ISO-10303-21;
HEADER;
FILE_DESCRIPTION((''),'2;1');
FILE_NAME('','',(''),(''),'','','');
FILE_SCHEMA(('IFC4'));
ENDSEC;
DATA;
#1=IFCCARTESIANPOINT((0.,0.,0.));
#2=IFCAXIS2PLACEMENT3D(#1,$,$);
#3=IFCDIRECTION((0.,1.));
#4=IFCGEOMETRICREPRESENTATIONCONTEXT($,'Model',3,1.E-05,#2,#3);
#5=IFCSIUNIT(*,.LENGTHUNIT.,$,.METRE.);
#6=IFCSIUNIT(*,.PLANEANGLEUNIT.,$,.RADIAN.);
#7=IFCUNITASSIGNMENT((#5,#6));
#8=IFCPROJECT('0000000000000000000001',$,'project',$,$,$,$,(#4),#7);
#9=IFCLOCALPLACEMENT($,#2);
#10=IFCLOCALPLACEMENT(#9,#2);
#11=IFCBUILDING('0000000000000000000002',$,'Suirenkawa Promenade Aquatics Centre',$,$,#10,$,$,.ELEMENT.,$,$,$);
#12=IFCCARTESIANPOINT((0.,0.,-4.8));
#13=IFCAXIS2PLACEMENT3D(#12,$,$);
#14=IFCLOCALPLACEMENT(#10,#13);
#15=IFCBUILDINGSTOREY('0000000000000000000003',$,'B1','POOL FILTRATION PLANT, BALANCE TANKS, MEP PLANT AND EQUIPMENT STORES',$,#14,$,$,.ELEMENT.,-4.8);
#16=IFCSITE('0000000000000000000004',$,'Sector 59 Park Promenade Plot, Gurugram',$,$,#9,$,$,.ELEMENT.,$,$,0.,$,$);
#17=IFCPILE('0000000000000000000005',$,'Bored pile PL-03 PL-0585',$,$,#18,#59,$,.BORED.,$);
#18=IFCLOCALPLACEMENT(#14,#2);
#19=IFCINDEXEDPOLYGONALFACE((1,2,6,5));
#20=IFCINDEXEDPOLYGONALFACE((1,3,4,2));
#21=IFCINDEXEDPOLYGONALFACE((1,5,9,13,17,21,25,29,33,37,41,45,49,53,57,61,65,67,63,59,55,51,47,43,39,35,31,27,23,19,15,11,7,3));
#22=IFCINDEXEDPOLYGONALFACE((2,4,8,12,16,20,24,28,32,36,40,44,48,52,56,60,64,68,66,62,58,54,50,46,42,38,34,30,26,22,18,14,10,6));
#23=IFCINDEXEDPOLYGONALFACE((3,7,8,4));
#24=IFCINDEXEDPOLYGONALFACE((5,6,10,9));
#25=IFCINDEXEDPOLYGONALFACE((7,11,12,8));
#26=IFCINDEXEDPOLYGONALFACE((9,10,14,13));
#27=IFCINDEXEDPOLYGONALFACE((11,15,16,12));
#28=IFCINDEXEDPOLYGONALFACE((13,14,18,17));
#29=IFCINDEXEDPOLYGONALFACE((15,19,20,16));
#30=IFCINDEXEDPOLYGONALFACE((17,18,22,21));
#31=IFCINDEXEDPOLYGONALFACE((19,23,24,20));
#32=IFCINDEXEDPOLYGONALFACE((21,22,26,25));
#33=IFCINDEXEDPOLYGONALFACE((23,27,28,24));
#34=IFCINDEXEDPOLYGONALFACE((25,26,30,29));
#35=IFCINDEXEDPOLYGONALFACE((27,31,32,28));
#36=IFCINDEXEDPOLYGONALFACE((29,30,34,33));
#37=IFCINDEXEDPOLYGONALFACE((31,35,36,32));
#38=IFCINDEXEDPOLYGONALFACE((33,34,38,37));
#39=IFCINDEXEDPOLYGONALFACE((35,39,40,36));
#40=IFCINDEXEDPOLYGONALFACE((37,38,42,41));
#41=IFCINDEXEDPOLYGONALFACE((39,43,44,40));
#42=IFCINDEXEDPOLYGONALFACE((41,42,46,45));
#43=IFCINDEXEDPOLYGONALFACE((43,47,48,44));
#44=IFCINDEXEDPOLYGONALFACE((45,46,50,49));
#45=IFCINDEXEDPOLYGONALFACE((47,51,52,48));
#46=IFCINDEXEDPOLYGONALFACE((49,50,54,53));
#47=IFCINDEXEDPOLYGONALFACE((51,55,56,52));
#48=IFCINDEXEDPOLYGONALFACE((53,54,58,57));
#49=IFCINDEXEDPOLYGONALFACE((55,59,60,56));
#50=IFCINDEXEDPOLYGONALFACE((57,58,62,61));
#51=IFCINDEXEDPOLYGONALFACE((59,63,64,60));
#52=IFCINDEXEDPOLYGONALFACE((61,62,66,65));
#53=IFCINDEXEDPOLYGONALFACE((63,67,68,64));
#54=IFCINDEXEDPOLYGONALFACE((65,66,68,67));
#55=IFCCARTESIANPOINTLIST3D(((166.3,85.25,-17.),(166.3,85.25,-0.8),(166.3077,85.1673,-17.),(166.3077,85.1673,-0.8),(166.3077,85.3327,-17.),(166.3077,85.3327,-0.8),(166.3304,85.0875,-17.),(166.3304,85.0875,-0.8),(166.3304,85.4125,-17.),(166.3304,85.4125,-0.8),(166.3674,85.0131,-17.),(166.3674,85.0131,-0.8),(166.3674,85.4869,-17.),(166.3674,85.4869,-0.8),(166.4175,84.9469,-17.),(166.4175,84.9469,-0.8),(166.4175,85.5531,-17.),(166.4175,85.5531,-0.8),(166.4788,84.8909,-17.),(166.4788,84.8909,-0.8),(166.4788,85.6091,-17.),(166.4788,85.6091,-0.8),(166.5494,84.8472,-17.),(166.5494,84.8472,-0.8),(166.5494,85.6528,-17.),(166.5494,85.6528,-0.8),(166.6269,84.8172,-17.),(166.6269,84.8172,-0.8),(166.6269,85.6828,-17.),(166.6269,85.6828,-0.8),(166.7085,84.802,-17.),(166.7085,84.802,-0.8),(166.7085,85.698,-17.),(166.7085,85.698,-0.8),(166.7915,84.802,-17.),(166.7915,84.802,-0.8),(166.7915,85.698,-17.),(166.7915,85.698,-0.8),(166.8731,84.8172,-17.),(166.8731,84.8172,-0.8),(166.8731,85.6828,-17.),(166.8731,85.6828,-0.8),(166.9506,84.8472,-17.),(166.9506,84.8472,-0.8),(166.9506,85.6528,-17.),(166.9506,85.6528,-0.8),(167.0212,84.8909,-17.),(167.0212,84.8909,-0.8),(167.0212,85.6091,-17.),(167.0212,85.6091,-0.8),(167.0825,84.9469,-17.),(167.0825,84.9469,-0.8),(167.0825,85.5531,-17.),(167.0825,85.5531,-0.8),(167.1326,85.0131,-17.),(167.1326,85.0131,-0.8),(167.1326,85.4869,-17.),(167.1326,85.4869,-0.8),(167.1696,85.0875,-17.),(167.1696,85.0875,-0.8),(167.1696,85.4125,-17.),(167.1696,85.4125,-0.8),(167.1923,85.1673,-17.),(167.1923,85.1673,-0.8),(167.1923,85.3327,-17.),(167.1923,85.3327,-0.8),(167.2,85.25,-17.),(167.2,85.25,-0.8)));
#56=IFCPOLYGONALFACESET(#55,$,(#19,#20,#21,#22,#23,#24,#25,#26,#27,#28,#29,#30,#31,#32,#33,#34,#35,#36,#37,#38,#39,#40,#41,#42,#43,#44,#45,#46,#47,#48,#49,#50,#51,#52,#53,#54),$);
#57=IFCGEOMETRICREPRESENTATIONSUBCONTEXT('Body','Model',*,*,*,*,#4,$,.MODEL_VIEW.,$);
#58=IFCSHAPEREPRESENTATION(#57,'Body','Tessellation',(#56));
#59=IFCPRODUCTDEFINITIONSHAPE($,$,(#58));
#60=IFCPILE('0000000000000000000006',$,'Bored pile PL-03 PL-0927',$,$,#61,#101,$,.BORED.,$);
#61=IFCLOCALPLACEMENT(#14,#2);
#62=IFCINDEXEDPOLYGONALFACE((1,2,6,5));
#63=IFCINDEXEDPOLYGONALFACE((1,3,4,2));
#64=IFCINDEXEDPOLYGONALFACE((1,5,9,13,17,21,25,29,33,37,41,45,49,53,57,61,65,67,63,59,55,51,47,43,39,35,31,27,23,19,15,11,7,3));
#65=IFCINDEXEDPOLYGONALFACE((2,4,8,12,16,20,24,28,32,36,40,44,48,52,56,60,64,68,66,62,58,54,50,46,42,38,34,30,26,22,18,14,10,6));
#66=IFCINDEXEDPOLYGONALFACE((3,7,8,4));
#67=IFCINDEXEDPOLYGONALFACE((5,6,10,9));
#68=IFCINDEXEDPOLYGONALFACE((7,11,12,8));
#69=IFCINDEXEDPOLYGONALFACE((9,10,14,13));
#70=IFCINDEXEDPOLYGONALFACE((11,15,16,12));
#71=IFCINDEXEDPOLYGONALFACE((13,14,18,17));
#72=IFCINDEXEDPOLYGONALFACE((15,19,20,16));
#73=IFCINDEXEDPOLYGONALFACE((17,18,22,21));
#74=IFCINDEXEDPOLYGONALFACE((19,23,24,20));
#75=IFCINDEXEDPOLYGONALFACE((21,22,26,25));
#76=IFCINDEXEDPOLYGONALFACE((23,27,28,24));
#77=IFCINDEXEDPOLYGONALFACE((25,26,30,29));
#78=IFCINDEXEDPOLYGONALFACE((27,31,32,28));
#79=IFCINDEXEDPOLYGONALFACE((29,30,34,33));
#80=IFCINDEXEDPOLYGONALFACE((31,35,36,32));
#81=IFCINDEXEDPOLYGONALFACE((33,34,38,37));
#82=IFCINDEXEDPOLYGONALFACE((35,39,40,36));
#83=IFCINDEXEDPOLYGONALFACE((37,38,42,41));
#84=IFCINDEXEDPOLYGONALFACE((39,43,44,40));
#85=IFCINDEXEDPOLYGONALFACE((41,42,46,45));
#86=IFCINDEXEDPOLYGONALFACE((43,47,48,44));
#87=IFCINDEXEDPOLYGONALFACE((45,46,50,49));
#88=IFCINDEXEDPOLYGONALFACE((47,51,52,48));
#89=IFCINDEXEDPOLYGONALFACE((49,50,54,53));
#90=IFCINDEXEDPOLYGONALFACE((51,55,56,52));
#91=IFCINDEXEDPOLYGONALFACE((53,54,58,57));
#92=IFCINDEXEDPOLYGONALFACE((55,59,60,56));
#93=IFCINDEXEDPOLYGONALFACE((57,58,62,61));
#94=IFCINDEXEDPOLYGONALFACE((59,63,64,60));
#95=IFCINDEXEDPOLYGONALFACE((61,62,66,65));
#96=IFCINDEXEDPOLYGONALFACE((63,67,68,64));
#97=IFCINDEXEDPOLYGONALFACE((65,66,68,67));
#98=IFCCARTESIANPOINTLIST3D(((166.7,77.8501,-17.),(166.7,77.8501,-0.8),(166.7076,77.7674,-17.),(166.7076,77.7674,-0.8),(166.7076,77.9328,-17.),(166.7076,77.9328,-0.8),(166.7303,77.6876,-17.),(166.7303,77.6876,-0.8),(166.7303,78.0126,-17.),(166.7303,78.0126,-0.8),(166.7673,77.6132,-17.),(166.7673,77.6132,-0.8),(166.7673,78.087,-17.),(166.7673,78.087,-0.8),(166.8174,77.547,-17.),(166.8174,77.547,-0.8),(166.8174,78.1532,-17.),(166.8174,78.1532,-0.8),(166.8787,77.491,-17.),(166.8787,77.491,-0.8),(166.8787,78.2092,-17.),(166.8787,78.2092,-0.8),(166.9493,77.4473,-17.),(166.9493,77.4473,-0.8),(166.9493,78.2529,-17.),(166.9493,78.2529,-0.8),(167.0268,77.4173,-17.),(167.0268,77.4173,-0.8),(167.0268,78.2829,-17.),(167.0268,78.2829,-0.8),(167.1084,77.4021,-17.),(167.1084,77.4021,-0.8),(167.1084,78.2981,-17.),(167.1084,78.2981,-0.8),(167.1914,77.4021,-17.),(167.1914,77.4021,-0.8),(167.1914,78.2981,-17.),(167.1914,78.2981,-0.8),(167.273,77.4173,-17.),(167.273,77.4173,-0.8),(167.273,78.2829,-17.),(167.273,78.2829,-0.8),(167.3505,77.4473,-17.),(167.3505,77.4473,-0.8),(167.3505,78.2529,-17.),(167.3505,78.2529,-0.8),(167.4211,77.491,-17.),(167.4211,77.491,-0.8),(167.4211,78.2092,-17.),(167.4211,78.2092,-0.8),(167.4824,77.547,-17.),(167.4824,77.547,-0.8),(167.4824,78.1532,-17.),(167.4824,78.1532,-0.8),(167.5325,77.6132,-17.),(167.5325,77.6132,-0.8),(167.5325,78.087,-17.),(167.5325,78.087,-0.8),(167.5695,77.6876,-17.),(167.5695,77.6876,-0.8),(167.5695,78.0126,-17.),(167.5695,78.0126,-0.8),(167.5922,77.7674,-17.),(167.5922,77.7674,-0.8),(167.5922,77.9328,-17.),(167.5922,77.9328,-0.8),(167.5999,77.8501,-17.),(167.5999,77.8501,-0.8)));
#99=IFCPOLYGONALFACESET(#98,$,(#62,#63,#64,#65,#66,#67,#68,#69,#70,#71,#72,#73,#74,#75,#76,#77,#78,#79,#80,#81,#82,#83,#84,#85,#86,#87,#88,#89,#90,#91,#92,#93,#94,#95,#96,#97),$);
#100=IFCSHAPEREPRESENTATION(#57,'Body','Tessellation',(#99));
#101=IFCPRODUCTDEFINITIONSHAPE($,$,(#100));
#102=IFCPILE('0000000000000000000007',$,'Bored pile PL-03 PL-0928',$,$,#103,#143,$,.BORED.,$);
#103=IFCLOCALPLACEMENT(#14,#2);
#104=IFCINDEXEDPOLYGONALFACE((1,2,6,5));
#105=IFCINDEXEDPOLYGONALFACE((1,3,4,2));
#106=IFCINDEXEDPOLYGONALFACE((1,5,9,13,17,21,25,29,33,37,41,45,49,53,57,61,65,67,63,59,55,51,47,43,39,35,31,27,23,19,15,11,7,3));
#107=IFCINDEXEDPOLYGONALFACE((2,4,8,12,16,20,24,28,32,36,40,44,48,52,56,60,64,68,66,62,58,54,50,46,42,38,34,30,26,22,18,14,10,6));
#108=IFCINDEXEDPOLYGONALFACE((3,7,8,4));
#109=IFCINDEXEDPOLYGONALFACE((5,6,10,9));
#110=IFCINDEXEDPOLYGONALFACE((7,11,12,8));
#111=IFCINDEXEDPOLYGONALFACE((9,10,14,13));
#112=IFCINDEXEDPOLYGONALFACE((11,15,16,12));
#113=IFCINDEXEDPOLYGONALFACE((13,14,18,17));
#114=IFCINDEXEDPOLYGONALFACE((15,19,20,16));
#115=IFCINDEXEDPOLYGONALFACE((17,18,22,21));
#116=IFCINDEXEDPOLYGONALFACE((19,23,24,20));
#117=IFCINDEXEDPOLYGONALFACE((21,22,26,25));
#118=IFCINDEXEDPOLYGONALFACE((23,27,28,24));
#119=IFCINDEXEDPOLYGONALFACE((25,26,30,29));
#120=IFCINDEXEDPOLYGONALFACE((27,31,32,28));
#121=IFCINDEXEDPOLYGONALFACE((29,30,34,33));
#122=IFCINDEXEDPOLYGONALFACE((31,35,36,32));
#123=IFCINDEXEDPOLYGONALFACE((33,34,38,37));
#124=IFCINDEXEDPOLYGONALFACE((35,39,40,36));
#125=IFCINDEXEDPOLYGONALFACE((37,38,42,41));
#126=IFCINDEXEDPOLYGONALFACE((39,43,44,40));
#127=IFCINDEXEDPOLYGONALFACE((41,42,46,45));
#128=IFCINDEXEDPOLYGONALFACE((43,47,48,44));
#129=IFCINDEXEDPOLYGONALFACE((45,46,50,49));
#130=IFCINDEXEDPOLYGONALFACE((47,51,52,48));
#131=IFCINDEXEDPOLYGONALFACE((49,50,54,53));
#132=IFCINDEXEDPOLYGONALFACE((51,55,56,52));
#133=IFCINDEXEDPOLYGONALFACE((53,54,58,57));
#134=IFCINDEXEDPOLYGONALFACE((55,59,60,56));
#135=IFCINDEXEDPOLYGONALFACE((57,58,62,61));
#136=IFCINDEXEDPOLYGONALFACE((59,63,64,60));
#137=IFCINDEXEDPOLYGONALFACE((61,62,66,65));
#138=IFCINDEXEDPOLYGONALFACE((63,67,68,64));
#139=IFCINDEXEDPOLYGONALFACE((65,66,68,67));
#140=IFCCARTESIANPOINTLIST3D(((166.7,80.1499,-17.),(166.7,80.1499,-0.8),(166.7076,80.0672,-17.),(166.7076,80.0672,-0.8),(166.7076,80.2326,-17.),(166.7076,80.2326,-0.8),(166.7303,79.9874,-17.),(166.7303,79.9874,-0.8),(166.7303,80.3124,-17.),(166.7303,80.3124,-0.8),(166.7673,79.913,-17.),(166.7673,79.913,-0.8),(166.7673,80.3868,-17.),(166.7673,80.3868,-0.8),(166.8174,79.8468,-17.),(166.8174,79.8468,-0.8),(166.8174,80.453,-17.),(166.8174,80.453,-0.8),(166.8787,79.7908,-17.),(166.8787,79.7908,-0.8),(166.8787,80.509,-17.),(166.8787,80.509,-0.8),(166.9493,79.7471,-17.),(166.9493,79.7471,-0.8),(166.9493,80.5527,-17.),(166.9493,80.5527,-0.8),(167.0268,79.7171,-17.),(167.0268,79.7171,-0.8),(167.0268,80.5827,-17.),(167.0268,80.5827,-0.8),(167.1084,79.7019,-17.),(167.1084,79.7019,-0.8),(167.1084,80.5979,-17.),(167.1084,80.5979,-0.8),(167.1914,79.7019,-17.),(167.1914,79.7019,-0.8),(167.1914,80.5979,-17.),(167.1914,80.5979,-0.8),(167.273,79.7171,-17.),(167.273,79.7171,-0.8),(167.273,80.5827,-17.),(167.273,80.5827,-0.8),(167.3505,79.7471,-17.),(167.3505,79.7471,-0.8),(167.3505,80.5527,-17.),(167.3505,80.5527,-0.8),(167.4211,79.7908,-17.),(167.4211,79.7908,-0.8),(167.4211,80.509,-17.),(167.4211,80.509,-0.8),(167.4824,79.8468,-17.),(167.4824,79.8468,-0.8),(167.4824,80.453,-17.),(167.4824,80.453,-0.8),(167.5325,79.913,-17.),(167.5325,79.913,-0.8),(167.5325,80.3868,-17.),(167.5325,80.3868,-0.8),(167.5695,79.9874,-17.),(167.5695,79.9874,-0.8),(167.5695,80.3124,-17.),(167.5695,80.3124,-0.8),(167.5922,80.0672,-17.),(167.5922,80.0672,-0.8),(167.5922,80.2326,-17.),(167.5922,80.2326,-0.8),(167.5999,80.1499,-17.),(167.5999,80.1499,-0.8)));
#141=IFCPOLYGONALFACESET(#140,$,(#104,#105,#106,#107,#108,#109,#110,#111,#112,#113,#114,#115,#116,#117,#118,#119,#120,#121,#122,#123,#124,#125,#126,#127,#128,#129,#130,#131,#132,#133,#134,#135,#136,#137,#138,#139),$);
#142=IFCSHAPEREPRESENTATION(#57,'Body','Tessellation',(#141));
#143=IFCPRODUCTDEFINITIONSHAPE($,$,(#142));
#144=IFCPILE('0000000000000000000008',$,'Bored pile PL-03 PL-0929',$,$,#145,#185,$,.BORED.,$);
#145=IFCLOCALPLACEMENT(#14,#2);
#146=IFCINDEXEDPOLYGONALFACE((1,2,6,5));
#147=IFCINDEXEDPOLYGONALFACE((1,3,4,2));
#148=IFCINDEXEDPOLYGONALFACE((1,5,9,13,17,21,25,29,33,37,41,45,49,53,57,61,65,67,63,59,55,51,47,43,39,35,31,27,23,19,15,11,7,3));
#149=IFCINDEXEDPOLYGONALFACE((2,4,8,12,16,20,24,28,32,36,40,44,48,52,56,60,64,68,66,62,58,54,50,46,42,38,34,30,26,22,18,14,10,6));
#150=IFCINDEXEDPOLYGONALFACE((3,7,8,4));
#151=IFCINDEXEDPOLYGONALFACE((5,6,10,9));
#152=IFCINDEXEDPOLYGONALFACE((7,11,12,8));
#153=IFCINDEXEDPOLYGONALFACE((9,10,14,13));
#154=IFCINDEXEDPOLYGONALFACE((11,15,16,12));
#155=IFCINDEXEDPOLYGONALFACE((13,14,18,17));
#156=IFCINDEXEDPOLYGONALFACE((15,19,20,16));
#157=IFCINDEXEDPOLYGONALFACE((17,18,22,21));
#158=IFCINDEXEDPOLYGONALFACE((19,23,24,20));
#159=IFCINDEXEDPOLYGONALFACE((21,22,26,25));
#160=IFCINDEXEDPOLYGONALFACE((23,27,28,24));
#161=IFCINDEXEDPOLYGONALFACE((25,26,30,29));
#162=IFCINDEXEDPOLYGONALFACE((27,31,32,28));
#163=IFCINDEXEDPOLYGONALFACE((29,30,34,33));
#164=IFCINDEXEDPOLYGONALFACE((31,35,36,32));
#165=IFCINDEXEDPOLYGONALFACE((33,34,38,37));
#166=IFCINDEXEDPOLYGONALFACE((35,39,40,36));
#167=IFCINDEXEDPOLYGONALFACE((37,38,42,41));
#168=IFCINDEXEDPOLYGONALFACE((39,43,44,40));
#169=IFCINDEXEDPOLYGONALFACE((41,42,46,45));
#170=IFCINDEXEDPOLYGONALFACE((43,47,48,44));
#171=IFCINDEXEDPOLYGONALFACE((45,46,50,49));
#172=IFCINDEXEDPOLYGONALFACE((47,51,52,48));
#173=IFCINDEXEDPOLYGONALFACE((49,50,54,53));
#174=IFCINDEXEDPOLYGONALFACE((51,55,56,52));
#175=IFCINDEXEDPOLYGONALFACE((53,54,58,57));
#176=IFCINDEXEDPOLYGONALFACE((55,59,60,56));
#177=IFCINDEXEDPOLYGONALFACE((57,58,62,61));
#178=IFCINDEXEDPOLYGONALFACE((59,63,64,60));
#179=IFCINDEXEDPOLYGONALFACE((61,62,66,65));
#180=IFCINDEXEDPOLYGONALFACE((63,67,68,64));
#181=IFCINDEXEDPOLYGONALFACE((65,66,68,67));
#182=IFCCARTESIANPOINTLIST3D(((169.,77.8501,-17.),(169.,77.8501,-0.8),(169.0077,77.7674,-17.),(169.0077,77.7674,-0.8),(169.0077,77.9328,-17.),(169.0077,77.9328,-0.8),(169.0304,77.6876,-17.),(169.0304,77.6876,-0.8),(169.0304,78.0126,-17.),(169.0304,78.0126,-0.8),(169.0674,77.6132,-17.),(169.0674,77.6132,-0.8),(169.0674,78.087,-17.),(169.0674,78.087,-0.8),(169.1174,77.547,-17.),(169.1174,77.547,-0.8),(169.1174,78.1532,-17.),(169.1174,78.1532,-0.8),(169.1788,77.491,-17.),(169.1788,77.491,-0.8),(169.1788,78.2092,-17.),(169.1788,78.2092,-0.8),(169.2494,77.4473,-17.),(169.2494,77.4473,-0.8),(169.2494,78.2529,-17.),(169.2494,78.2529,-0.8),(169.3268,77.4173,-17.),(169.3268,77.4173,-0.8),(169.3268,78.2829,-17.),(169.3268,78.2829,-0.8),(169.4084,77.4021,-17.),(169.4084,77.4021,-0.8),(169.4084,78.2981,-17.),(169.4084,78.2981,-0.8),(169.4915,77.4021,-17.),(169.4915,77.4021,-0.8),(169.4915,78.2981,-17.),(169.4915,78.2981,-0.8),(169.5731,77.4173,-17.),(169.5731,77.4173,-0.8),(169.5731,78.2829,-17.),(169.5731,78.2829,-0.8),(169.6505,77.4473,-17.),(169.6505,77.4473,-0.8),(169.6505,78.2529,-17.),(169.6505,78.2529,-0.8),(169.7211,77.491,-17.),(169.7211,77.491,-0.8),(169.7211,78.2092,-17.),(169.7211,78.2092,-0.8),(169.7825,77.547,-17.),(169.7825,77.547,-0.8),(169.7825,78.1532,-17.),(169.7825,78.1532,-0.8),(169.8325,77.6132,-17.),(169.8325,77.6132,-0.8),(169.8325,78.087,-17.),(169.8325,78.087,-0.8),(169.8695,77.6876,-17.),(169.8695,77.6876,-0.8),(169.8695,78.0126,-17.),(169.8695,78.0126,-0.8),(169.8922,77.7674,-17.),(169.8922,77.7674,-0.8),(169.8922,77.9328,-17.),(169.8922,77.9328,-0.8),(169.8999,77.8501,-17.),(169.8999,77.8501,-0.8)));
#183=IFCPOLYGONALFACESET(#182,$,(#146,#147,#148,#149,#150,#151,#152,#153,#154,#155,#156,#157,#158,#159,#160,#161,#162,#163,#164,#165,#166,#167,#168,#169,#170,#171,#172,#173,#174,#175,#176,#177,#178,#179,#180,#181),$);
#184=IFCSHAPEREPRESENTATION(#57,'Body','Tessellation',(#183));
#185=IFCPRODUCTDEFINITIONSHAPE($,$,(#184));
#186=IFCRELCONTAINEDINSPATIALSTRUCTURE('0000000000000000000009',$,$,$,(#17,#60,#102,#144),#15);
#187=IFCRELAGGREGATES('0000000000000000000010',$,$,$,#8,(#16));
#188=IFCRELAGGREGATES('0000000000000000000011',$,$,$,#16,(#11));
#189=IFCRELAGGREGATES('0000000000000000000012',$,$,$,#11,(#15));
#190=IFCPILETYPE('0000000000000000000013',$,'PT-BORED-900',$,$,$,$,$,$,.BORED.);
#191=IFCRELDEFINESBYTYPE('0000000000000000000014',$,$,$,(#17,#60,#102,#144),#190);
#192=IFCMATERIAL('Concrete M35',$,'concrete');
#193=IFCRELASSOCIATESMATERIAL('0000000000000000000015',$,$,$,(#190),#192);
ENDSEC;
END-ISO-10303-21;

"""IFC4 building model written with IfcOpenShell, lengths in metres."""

from ifc_helpers import new_model, si_unit, direction, frame, origin, origin_2d, place, context, subcontext, project, spatial, circle, extrude, material, material_profile, profile_set, type_object, element, save


model = new_model("IFC4")

# Units and contexts
model_context = context("Model", 3, precision=1e-05, world=origin(), true_north=direction((0.0, 1.0)))
body_context = subcontext(model_context, "Body", "Model", "MODEL_VIEW")
ifc_project = project(units=[si_unit("LENGTHUNIT", "METRE"), si_unit("PLANEANGLEUNIT", "RADIAN")], contexts=[model_context])

# Site, building, storey
site_placement = place(None, origin())
site = spatial("IfcSite", under=ifc_project, at=site_placement, Name="Sector 59 Park Promenade Plot, Gurugram", CompositionType="ELEMENT", RefElevation=0.0)
building_placement = place(site_placement, origin())
building = spatial("IfcBuilding", under=site, at=building_placement, Name="Suirenkawa Promenade Aquatics Centre", CompositionType="ELEMENT")
storey_placement = place(building_placement, frame((0.0, 0.0, -4.8)))
storey = spatial("IfcBuildingStorey", under=building, at=storey_placement, Name="B1", Description="POOL FILTRATION PLANT, BALANCE TANKS, MEP PLANT AND EQUIPMENT STORES", CompositionType="ELEMENT", Elevation=-4.8)

# Shared definitions
ifc_material_1 = material(Name="Concrete M35", Category="concrete")

# Piles
ifc_material_profile_1 = material_profile(ifc_material_1, circle(Radius=0.45, at=origin_2d()), Name="PILE D900", Category="concrete")
ifc_profile_set_1 = profile_set([ifc_material_profile_1], Name="Concrete M35")
pile_type_1 = type_object("IfcPileType", Name="PT-BORED-900", PredefinedType="BORED", material=ifc_profile_set_1)
for number, where, z_axis, x_axis, name in (
    (1, (166.75, 85.25, -0.8), (0.0, 0.0, -1.0), (1.0, 0.0, 0.0), "Bored pile PL-03 PL-0585"),
    (2, (167.1499, 77.8501, -0.8), (0.0, 0.0, -1.0), (1.0, 0.0, 0.0), "Bored pile PL-03 PL-0927"),
    (3, (167.1499, 80.1499, -0.8), (0.0, 0.0, -1.0), (1.0, 0.0, 0.0), "Bored pile PL-03 PL-0928"),
    (4, (169.45, 77.8501, -0.8), (0.0, 0.0, -1.0), (1.0, 0.0, 0.0), "Bored pile PL-03 PL-0929"),
):
    element("IfcPile", number, at=place(storey_placement, frame(where, z_axis=z_axis, x_axis=x_axis)), inside=storey, type_object=pile_type_1, Name=name, PredefinedType="BORED", context=body_context, shape_type="SweptSolid", body=[
        extrude(circle(Radius=0.45, at=origin_2d()), origin(), (0.0, 0.0, 1.0), 16.2),
    ])

save(model, "model.ifc")
